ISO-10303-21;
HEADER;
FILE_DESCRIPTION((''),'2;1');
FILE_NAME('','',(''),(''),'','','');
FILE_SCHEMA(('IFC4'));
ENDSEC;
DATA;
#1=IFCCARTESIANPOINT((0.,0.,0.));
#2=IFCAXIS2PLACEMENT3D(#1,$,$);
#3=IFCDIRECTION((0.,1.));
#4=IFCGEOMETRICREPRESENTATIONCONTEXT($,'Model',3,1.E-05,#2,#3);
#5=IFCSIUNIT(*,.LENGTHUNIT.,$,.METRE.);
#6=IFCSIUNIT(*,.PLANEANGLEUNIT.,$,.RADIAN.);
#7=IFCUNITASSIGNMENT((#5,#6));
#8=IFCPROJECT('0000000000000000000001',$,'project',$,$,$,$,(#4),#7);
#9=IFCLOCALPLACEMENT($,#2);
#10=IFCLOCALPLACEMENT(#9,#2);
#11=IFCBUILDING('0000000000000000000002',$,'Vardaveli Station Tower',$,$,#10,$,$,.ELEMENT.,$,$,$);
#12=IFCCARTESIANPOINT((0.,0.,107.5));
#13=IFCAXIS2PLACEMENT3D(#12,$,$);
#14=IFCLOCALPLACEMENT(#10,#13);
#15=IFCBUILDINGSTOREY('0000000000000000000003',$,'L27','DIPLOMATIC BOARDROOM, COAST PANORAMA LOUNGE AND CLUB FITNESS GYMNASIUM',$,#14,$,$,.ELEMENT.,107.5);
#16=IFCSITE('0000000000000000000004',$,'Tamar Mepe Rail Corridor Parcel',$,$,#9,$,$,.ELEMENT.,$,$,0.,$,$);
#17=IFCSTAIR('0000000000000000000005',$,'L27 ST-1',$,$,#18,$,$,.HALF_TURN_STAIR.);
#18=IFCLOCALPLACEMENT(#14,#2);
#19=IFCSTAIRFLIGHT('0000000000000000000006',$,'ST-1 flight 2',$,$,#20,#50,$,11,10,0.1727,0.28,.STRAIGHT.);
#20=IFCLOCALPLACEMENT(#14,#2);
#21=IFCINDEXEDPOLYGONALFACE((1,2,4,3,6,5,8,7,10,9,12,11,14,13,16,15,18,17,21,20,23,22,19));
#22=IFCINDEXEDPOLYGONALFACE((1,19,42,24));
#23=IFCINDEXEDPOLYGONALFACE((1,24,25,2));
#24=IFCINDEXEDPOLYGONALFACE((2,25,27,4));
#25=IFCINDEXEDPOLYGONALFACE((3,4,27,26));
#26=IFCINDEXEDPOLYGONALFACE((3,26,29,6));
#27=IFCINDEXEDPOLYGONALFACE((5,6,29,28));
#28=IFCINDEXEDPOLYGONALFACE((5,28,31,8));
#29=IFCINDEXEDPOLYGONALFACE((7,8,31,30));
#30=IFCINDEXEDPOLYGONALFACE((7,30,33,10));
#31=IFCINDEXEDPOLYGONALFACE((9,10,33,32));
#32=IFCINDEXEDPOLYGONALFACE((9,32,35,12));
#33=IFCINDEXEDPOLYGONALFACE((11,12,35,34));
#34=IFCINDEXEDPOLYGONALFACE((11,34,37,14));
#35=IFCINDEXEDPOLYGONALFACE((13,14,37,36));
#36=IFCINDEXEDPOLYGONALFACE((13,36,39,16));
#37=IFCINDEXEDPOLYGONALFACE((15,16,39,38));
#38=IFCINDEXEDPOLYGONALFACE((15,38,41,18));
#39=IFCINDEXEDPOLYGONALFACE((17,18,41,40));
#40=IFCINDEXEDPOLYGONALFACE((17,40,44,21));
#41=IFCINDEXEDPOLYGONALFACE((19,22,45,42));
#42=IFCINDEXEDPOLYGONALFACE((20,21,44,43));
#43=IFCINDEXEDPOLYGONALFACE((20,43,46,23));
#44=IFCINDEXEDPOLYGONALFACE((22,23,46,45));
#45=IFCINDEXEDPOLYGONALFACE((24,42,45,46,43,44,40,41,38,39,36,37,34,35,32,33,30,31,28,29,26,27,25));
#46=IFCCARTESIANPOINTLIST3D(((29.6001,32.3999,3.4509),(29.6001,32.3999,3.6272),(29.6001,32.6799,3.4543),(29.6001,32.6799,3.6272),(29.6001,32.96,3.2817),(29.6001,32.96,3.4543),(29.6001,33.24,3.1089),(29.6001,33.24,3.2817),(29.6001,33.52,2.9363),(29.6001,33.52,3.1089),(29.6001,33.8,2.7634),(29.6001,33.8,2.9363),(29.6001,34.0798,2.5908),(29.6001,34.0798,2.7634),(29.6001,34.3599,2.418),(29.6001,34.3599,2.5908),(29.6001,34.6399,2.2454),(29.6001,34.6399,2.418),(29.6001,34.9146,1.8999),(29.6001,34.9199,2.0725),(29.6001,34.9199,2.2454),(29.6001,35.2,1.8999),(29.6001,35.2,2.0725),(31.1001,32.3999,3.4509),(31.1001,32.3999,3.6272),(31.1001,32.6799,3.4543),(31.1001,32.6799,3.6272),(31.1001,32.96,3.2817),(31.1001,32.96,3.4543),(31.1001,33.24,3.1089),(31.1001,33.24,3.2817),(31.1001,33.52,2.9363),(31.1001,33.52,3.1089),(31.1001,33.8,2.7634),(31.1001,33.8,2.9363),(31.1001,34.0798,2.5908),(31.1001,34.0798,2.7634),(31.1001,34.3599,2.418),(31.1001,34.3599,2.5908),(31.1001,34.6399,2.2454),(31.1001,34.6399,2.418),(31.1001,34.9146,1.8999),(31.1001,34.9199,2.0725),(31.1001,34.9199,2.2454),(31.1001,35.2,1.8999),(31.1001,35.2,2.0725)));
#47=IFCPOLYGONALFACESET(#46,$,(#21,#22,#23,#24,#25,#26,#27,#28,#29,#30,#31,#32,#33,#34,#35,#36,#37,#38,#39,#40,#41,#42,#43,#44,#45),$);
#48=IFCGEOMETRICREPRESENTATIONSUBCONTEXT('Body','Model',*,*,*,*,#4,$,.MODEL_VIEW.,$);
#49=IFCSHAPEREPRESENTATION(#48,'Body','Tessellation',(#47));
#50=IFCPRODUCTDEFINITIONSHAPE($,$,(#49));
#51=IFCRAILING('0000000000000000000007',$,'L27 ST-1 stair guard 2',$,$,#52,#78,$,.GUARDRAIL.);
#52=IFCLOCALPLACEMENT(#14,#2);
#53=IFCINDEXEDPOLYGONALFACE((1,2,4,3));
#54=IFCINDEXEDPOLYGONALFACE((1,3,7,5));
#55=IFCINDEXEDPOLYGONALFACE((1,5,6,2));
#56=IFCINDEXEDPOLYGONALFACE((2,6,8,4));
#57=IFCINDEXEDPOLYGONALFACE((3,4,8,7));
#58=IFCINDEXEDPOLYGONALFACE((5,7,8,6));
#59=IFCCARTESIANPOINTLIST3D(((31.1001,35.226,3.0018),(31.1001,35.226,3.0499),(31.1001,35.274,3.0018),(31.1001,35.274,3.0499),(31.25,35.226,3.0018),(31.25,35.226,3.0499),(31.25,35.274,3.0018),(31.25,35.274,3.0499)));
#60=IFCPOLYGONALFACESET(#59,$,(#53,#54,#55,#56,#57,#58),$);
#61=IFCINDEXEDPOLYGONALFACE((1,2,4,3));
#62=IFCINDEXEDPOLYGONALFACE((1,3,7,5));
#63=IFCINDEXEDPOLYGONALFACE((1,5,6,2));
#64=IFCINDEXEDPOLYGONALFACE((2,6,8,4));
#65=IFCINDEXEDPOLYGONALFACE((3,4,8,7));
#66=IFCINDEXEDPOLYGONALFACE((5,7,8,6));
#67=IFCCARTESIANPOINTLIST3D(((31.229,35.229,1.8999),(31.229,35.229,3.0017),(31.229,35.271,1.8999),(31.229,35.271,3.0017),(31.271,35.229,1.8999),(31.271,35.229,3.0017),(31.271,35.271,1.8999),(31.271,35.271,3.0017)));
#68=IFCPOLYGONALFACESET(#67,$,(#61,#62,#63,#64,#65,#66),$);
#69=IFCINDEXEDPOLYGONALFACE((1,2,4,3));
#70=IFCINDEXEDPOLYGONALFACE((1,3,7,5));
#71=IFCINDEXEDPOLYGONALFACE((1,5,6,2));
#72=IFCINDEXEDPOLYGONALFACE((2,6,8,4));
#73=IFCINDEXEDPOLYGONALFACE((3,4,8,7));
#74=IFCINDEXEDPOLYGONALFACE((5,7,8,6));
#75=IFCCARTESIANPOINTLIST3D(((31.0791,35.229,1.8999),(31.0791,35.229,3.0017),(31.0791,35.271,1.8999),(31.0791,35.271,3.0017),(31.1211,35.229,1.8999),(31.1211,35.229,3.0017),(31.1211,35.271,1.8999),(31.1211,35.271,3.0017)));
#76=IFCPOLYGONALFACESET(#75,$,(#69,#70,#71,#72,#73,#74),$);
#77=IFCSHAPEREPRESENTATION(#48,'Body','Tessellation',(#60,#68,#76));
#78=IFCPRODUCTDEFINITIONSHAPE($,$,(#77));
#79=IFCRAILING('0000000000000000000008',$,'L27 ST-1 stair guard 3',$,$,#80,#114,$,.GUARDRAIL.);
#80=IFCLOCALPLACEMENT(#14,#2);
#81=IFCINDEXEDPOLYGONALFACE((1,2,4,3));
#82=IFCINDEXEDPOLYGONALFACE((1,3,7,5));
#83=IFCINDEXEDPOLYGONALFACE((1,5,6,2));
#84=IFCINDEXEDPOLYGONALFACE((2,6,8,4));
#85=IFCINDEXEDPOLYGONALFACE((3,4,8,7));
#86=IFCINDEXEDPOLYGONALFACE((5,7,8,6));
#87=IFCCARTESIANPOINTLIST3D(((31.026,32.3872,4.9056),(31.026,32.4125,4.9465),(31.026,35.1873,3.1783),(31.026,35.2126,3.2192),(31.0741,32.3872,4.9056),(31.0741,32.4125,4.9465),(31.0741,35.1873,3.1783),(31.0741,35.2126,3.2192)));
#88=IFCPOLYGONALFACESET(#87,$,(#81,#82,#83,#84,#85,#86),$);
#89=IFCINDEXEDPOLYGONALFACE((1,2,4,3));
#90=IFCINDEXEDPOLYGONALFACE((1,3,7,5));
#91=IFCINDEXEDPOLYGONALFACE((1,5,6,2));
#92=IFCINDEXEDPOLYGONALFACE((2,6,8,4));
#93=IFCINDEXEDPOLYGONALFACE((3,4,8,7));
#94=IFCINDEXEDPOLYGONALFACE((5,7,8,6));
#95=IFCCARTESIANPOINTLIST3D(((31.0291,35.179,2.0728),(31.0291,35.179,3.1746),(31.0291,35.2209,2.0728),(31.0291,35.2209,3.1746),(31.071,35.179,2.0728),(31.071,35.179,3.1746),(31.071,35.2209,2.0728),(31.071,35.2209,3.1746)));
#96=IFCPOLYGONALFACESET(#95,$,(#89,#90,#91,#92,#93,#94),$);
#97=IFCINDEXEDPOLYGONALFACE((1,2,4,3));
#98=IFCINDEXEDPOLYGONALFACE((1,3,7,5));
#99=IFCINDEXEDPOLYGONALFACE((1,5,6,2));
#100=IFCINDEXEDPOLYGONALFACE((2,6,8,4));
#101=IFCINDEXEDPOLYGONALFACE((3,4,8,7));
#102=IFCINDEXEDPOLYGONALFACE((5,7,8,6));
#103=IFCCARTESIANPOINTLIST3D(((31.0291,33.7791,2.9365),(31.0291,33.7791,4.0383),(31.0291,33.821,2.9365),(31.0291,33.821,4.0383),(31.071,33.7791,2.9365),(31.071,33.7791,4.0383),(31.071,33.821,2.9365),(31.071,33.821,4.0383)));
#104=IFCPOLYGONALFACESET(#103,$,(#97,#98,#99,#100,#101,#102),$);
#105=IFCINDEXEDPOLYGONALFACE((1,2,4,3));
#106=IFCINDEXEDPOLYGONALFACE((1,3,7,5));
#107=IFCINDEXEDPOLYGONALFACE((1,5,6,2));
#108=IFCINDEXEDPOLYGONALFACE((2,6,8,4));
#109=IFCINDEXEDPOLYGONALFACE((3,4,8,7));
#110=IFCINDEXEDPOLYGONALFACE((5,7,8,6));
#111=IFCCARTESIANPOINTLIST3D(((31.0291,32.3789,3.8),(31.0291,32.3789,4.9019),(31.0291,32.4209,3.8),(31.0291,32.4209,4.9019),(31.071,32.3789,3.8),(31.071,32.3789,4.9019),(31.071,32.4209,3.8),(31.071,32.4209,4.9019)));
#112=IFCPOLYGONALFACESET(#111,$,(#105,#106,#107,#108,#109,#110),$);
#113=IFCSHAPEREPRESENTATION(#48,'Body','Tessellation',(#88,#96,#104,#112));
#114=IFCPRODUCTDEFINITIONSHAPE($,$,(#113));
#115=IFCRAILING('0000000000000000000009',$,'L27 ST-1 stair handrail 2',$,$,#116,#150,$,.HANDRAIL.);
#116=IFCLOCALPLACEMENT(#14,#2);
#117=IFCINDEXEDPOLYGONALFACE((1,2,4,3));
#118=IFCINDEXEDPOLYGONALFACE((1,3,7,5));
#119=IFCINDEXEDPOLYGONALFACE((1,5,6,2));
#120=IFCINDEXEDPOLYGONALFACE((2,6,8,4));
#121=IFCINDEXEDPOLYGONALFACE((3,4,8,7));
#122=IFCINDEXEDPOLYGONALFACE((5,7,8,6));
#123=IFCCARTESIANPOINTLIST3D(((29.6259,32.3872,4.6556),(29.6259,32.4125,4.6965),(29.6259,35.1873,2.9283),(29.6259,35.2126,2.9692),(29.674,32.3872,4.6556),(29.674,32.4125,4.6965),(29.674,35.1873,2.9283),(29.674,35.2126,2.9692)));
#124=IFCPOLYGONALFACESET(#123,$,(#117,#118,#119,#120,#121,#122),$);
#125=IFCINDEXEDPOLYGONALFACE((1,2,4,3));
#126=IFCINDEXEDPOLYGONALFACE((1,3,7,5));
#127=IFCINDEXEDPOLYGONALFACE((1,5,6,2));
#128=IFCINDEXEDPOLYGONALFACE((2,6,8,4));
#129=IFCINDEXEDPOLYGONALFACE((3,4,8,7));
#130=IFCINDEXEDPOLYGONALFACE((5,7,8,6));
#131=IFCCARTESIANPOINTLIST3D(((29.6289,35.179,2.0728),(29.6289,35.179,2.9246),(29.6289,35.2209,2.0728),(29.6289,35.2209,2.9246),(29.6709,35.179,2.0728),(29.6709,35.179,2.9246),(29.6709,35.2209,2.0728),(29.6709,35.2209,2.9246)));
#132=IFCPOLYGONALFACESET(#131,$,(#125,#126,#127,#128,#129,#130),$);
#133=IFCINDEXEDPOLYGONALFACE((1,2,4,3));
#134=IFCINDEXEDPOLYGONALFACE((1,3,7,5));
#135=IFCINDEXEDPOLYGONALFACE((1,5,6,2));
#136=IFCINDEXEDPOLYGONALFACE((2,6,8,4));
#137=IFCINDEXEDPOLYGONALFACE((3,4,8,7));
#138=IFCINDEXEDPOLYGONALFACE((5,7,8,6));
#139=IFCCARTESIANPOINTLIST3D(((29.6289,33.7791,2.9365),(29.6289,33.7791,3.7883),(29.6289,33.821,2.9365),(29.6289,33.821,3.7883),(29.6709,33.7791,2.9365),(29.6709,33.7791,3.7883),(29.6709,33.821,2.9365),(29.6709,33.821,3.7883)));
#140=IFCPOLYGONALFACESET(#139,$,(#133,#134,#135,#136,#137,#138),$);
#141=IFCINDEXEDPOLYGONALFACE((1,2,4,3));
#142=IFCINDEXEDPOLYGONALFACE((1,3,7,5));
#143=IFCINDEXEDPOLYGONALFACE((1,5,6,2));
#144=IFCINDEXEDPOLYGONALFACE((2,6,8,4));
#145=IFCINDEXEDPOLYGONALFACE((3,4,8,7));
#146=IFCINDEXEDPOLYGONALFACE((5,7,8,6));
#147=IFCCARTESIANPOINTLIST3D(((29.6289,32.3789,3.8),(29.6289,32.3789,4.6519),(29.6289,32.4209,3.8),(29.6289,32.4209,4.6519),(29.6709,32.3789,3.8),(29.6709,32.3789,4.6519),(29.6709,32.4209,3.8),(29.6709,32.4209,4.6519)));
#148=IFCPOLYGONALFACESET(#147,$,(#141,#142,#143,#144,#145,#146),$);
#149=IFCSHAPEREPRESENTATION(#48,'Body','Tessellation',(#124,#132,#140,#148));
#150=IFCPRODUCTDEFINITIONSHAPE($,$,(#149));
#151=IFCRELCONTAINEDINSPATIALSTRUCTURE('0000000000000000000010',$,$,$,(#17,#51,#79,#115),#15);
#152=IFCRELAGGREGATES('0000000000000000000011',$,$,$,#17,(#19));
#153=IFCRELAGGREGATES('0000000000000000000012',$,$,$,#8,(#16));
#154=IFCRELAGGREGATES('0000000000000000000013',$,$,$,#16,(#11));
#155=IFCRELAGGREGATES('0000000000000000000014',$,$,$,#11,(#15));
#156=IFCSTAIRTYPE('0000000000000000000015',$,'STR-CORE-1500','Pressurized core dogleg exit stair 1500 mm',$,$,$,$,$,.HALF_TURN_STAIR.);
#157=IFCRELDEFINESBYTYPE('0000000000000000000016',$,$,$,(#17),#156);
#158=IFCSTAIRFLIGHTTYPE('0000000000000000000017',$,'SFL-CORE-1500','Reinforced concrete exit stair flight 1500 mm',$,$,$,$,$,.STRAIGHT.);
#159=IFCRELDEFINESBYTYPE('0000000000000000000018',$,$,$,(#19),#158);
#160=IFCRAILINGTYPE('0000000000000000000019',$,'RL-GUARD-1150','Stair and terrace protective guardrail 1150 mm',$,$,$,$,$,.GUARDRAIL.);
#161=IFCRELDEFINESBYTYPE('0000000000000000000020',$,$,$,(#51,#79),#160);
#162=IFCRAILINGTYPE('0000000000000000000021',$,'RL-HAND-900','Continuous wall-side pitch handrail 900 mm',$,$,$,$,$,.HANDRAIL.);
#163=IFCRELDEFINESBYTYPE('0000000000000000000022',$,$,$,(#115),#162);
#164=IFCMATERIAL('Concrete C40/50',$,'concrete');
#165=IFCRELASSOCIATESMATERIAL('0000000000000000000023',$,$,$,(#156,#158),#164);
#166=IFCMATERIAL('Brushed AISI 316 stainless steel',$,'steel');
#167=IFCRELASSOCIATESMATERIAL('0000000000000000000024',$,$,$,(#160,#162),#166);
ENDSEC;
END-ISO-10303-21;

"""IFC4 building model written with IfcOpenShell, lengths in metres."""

from ifc_helpers import new_model, si_unit, direction, frame, origin, origin_2d, place, context, subcontext, project, spatial, polyline, rectangle, outline, extrude, source, transform, mapped, material, type_object, element, aggregate, save


model = new_model("IFC4")

# Units and contexts
model_context = context("Model", 3, precision=1e-05, world=origin(), true_north=direction((0.0, 1.0)))
body_context = subcontext(model_context, "Body", "Model", "MODEL_VIEW")
ifc_project = project(units=[si_unit("LENGTHUNIT", "METRE"), si_unit("PLANEANGLEUNIT", "RADIAN")], contexts=[model_context])

# Site, building, storey
site_placement = place(None, origin())
site = spatial("IfcSite", under=ifc_project, at=site_placement, Name="Tamar Mepe Rail Corridor Parcel", CompositionType="ELEMENT", RefElevation=0.0)
building_placement = place(site_placement, origin())
building = spatial("IfcBuilding", under=site, at=building_placement, Name="Vardaveli Station Tower", CompositionType="ELEMENT")
storey_placement = place(building_placement, frame((0.0, 0.0, 107.5)))
storey = spatial("IfcBuildingStorey", under=building, at=storey_placement, Name="L27", Description="DIPLOMATIC BOARDROOM, COAST PANORAMA LOUNGE AND CLUB FITNESS GYMNASIUM", CompositionType="ELEMENT", Elevation=107.5)

# Shared definitions
ifc_material_1 = material(Name="Concrete C40/50", Category="concrete")

# Stair, stair flight
stair_type = type_object("IfcStairType", Name="STR-CORE-1500", Description="Pressurized core dogleg exit stair 1500 mm", PredefinedType="HALF_TURN_STAIR", material=ifc_material_1)
stair_placement = place(storey_placement, origin())
stair = element("IfcStair", 1, at=stair_placement, inside=storey, type_object=stair_type, Name="L27 ST-1", PredefinedType="HALF_TURN_STAIR")
stair_flight_type = type_object("IfcStairFlightType", Name="SFL-CORE-1500", Description="Reinforced concrete exit stair flight 1500 mm", PredefinedType="STRAIGHT", material=ifc_material_1)
shared_shape_1 = source(origin(), body_context, "Body", "SweptSolid", [
    extrude(outline(polyline([(0.0, 0.0), (0.0, 0.1726), (0.28, 0.1726), (0.28, 0.3455), (0.5601, 0.3455), (0.5601, 0.5181), (0.8401, 0.5181), (0.8401, 0.6909), (1.1201, 0.6909), (1.1201, 0.8635), (1.3999, 0.8635), (1.3999, 1.0364), (1.6799, 1.0364), (1.6799, 1.209), (1.96, 1.209), (1.96, 1.3818), (2.24, 1.3818), (2.24, 1.5544), (2.52, 1.5544), (2.52, 1.7273), (2.8, 1.7273), (2.8, 1.8999), (2.8, 1.551), (0.2854, 0.0), (0.0, 0.0)])), frame((0.0, 0.75, 0.0), z_axis=(0.0, -1.0, 0.0), x_axis=(1.0, 0.0, 0.0)), (0.0, 0.0, 1.0), 1.5),
])
stair_flight_placement = place(storey_placement, frame((30.3501, 35.2, 1.8999), z_axis=(0.0, 0.0, 1.0), x_axis=(0.0, -1.0, 0.0)))
stair_flight = element("IfcStairFlight", 2, at=stair_flight_placement, type_object=stair_flight_type, Name="ST-1 flight 2", NumberOfRisers=11, NumberOfTreads=10, PredefinedType="STRAIGHT", RiserHeight=0.1727, TreadLength=0.28, context=body_context, shape_type="MappedRepresentation", body=[
    mapped(shared_shape_1, transform((0.0, 0.0, 0.0), scale=1.0)),
])
aggregate(stair, [stair_flight])

# Railings
ifc_material_2 = material(Name="Brushed AISI 316 stainless steel", Category="steel")
railing_type_1 = type_object("IfcRailingType", Name="RL-GUARD-1150", Description="Stair and terrace protective guardrail 1150 mm", PredefinedType="GUARDRAIL", material=ifc_material_2)
shared_shape_2 = source(origin(), body_context, "Body", "SweptSolid", [
    extrude(rectangle(XDim=0.0481, YDim=0.0481, at=origin_2d()), frame((0.0, 0.0, 1.126), z_axis=(-1.0, 0.0, 0.0), x_axis=(0.0, -1.0, 0.0)), (0.0, 0.0, 1.0), 0.1499),
    extrude(rectangle(XDim=0.042, YDim=0.042, at=origin_2d()), origin(), (0.0, 0.0, 1.0), 1.1018),
    extrude(rectangle(XDim=0.042, YDim=0.042, at=origin_2d()), frame((-0.1499, 0.0, 0.0)), (0.0, 0.0, 1.0), 1.1018),
])
railing_1_placement = place(storey_placement, frame((31.25, 35.25, 1.8999)))
element("IfcRailing", 3, at=railing_1_placement, inside=storey, type_object=railing_type_1, Name="L27 ST-1 stair guard 2", PredefinedType="GUARDRAIL", context=body_context, shape_type="MappedRepresentation", body=[
    mapped(shared_shape_2, transform((0.0, 0.0, 0.0), scale=1.0)),
])
shared_shape_3 = source(origin(), body_context, "Body", "SweptSolid", [
    extrude(rectangle(XDim=0.0481, YDim=0.0481, at=origin_2d()), frame((0.0, 0.0, 1.126), z_axis=(0.0, -0.85109, 0.52502), x_axis=(1.0, 0.0, 0.0)), (0.0, 0.0, 1.0), 3.29),
    extrude(rectangle(XDim=0.042, YDim=0.042, at=origin_2d()), origin(), (0.0, 0.0, 1.0), 1.1018),
    extrude(rectangle(XDim=0.042, YDim=0.042, at=origin_2d()), frame((0.0, -1.3999, 0.8638)), (0.0, 0.0, 1.0), 1.1018),
    extrude(rectangle(XDim=0.042, YDim=0.042, at=origin_2d()), frame((0.0, -2.8, 1.7273)), (0.0, 0.0, 1.0), 1.1018),
])
railing_2_placement = place(storey_placement, frame((31.05, 35.2, 2.0728)))
element("IfcRailing", 4, at=railing_2_placement, inside=storey, type_object=railing_type_1, Name="L27 ST-1 stair guard 3", PredefinedType="GUARDRAIL", context=body_context, shape_type="MappedRepresentation", body=[
    mapped(shared_shape_3, transform((0.0, 0.0, 0.0), scale=1.0)),
])
railing_type_2 = type_object("IfcRailingType", Name="RL-HAND-900", Description="Continuous wall-side pitch handrail 900 mm", PredefinedType="HANDRAIL", material=ifc_material_2)
shared_shape_4 = source(origin(), body_context, "Body", "SweptSolid", [
    extrude(rectangle(XDim=0.0481, YDim=0.0481, at=origin_2d()), frame((0.0, 0.0, 0.876), z_axis=(0.0, -0.85109, 0.52502), x_axis=(1.0, 0.0, 0.0)), (0.0, 0.0, 1.0), 3.29),
    extrude(rectangle(XDim=0.042, YDim=0.042, at=origin_2d()), origin(), (0.0, 0.0, 1.0), 0.8518),
    extrude(rectangle(XDim=0.042, YDim=0.042, at=origin_2d()), frame((0.0, -1.3999, 0.8638)), (0.0, 0.0, 1.0), 0.8518),
    extrude(rectangle(XDim=0.042, YDim=0.042, at=origin_2d()), frame((0.0, -2.8, 1.7273)), (0.0, 0.0, 1.0), 0.8518),
])
railing_3_placement = place(storey_placement, frame((29.6499, 35.2, 2.0728)))
element("IfcRailing", 5, at=railing_3_placement, inside=storey, type_object=railing_type_2, Name="L27 ST-1 stair handrail 2", PredefinedType="HANDRAIL", context=body_context, shape_type="MappedRepresentation", body=[
    mapped(shared_shape_4, transform((0.0, 0.0, 0.0), scale=1.0)),
])

save(model, "model.ifc")
